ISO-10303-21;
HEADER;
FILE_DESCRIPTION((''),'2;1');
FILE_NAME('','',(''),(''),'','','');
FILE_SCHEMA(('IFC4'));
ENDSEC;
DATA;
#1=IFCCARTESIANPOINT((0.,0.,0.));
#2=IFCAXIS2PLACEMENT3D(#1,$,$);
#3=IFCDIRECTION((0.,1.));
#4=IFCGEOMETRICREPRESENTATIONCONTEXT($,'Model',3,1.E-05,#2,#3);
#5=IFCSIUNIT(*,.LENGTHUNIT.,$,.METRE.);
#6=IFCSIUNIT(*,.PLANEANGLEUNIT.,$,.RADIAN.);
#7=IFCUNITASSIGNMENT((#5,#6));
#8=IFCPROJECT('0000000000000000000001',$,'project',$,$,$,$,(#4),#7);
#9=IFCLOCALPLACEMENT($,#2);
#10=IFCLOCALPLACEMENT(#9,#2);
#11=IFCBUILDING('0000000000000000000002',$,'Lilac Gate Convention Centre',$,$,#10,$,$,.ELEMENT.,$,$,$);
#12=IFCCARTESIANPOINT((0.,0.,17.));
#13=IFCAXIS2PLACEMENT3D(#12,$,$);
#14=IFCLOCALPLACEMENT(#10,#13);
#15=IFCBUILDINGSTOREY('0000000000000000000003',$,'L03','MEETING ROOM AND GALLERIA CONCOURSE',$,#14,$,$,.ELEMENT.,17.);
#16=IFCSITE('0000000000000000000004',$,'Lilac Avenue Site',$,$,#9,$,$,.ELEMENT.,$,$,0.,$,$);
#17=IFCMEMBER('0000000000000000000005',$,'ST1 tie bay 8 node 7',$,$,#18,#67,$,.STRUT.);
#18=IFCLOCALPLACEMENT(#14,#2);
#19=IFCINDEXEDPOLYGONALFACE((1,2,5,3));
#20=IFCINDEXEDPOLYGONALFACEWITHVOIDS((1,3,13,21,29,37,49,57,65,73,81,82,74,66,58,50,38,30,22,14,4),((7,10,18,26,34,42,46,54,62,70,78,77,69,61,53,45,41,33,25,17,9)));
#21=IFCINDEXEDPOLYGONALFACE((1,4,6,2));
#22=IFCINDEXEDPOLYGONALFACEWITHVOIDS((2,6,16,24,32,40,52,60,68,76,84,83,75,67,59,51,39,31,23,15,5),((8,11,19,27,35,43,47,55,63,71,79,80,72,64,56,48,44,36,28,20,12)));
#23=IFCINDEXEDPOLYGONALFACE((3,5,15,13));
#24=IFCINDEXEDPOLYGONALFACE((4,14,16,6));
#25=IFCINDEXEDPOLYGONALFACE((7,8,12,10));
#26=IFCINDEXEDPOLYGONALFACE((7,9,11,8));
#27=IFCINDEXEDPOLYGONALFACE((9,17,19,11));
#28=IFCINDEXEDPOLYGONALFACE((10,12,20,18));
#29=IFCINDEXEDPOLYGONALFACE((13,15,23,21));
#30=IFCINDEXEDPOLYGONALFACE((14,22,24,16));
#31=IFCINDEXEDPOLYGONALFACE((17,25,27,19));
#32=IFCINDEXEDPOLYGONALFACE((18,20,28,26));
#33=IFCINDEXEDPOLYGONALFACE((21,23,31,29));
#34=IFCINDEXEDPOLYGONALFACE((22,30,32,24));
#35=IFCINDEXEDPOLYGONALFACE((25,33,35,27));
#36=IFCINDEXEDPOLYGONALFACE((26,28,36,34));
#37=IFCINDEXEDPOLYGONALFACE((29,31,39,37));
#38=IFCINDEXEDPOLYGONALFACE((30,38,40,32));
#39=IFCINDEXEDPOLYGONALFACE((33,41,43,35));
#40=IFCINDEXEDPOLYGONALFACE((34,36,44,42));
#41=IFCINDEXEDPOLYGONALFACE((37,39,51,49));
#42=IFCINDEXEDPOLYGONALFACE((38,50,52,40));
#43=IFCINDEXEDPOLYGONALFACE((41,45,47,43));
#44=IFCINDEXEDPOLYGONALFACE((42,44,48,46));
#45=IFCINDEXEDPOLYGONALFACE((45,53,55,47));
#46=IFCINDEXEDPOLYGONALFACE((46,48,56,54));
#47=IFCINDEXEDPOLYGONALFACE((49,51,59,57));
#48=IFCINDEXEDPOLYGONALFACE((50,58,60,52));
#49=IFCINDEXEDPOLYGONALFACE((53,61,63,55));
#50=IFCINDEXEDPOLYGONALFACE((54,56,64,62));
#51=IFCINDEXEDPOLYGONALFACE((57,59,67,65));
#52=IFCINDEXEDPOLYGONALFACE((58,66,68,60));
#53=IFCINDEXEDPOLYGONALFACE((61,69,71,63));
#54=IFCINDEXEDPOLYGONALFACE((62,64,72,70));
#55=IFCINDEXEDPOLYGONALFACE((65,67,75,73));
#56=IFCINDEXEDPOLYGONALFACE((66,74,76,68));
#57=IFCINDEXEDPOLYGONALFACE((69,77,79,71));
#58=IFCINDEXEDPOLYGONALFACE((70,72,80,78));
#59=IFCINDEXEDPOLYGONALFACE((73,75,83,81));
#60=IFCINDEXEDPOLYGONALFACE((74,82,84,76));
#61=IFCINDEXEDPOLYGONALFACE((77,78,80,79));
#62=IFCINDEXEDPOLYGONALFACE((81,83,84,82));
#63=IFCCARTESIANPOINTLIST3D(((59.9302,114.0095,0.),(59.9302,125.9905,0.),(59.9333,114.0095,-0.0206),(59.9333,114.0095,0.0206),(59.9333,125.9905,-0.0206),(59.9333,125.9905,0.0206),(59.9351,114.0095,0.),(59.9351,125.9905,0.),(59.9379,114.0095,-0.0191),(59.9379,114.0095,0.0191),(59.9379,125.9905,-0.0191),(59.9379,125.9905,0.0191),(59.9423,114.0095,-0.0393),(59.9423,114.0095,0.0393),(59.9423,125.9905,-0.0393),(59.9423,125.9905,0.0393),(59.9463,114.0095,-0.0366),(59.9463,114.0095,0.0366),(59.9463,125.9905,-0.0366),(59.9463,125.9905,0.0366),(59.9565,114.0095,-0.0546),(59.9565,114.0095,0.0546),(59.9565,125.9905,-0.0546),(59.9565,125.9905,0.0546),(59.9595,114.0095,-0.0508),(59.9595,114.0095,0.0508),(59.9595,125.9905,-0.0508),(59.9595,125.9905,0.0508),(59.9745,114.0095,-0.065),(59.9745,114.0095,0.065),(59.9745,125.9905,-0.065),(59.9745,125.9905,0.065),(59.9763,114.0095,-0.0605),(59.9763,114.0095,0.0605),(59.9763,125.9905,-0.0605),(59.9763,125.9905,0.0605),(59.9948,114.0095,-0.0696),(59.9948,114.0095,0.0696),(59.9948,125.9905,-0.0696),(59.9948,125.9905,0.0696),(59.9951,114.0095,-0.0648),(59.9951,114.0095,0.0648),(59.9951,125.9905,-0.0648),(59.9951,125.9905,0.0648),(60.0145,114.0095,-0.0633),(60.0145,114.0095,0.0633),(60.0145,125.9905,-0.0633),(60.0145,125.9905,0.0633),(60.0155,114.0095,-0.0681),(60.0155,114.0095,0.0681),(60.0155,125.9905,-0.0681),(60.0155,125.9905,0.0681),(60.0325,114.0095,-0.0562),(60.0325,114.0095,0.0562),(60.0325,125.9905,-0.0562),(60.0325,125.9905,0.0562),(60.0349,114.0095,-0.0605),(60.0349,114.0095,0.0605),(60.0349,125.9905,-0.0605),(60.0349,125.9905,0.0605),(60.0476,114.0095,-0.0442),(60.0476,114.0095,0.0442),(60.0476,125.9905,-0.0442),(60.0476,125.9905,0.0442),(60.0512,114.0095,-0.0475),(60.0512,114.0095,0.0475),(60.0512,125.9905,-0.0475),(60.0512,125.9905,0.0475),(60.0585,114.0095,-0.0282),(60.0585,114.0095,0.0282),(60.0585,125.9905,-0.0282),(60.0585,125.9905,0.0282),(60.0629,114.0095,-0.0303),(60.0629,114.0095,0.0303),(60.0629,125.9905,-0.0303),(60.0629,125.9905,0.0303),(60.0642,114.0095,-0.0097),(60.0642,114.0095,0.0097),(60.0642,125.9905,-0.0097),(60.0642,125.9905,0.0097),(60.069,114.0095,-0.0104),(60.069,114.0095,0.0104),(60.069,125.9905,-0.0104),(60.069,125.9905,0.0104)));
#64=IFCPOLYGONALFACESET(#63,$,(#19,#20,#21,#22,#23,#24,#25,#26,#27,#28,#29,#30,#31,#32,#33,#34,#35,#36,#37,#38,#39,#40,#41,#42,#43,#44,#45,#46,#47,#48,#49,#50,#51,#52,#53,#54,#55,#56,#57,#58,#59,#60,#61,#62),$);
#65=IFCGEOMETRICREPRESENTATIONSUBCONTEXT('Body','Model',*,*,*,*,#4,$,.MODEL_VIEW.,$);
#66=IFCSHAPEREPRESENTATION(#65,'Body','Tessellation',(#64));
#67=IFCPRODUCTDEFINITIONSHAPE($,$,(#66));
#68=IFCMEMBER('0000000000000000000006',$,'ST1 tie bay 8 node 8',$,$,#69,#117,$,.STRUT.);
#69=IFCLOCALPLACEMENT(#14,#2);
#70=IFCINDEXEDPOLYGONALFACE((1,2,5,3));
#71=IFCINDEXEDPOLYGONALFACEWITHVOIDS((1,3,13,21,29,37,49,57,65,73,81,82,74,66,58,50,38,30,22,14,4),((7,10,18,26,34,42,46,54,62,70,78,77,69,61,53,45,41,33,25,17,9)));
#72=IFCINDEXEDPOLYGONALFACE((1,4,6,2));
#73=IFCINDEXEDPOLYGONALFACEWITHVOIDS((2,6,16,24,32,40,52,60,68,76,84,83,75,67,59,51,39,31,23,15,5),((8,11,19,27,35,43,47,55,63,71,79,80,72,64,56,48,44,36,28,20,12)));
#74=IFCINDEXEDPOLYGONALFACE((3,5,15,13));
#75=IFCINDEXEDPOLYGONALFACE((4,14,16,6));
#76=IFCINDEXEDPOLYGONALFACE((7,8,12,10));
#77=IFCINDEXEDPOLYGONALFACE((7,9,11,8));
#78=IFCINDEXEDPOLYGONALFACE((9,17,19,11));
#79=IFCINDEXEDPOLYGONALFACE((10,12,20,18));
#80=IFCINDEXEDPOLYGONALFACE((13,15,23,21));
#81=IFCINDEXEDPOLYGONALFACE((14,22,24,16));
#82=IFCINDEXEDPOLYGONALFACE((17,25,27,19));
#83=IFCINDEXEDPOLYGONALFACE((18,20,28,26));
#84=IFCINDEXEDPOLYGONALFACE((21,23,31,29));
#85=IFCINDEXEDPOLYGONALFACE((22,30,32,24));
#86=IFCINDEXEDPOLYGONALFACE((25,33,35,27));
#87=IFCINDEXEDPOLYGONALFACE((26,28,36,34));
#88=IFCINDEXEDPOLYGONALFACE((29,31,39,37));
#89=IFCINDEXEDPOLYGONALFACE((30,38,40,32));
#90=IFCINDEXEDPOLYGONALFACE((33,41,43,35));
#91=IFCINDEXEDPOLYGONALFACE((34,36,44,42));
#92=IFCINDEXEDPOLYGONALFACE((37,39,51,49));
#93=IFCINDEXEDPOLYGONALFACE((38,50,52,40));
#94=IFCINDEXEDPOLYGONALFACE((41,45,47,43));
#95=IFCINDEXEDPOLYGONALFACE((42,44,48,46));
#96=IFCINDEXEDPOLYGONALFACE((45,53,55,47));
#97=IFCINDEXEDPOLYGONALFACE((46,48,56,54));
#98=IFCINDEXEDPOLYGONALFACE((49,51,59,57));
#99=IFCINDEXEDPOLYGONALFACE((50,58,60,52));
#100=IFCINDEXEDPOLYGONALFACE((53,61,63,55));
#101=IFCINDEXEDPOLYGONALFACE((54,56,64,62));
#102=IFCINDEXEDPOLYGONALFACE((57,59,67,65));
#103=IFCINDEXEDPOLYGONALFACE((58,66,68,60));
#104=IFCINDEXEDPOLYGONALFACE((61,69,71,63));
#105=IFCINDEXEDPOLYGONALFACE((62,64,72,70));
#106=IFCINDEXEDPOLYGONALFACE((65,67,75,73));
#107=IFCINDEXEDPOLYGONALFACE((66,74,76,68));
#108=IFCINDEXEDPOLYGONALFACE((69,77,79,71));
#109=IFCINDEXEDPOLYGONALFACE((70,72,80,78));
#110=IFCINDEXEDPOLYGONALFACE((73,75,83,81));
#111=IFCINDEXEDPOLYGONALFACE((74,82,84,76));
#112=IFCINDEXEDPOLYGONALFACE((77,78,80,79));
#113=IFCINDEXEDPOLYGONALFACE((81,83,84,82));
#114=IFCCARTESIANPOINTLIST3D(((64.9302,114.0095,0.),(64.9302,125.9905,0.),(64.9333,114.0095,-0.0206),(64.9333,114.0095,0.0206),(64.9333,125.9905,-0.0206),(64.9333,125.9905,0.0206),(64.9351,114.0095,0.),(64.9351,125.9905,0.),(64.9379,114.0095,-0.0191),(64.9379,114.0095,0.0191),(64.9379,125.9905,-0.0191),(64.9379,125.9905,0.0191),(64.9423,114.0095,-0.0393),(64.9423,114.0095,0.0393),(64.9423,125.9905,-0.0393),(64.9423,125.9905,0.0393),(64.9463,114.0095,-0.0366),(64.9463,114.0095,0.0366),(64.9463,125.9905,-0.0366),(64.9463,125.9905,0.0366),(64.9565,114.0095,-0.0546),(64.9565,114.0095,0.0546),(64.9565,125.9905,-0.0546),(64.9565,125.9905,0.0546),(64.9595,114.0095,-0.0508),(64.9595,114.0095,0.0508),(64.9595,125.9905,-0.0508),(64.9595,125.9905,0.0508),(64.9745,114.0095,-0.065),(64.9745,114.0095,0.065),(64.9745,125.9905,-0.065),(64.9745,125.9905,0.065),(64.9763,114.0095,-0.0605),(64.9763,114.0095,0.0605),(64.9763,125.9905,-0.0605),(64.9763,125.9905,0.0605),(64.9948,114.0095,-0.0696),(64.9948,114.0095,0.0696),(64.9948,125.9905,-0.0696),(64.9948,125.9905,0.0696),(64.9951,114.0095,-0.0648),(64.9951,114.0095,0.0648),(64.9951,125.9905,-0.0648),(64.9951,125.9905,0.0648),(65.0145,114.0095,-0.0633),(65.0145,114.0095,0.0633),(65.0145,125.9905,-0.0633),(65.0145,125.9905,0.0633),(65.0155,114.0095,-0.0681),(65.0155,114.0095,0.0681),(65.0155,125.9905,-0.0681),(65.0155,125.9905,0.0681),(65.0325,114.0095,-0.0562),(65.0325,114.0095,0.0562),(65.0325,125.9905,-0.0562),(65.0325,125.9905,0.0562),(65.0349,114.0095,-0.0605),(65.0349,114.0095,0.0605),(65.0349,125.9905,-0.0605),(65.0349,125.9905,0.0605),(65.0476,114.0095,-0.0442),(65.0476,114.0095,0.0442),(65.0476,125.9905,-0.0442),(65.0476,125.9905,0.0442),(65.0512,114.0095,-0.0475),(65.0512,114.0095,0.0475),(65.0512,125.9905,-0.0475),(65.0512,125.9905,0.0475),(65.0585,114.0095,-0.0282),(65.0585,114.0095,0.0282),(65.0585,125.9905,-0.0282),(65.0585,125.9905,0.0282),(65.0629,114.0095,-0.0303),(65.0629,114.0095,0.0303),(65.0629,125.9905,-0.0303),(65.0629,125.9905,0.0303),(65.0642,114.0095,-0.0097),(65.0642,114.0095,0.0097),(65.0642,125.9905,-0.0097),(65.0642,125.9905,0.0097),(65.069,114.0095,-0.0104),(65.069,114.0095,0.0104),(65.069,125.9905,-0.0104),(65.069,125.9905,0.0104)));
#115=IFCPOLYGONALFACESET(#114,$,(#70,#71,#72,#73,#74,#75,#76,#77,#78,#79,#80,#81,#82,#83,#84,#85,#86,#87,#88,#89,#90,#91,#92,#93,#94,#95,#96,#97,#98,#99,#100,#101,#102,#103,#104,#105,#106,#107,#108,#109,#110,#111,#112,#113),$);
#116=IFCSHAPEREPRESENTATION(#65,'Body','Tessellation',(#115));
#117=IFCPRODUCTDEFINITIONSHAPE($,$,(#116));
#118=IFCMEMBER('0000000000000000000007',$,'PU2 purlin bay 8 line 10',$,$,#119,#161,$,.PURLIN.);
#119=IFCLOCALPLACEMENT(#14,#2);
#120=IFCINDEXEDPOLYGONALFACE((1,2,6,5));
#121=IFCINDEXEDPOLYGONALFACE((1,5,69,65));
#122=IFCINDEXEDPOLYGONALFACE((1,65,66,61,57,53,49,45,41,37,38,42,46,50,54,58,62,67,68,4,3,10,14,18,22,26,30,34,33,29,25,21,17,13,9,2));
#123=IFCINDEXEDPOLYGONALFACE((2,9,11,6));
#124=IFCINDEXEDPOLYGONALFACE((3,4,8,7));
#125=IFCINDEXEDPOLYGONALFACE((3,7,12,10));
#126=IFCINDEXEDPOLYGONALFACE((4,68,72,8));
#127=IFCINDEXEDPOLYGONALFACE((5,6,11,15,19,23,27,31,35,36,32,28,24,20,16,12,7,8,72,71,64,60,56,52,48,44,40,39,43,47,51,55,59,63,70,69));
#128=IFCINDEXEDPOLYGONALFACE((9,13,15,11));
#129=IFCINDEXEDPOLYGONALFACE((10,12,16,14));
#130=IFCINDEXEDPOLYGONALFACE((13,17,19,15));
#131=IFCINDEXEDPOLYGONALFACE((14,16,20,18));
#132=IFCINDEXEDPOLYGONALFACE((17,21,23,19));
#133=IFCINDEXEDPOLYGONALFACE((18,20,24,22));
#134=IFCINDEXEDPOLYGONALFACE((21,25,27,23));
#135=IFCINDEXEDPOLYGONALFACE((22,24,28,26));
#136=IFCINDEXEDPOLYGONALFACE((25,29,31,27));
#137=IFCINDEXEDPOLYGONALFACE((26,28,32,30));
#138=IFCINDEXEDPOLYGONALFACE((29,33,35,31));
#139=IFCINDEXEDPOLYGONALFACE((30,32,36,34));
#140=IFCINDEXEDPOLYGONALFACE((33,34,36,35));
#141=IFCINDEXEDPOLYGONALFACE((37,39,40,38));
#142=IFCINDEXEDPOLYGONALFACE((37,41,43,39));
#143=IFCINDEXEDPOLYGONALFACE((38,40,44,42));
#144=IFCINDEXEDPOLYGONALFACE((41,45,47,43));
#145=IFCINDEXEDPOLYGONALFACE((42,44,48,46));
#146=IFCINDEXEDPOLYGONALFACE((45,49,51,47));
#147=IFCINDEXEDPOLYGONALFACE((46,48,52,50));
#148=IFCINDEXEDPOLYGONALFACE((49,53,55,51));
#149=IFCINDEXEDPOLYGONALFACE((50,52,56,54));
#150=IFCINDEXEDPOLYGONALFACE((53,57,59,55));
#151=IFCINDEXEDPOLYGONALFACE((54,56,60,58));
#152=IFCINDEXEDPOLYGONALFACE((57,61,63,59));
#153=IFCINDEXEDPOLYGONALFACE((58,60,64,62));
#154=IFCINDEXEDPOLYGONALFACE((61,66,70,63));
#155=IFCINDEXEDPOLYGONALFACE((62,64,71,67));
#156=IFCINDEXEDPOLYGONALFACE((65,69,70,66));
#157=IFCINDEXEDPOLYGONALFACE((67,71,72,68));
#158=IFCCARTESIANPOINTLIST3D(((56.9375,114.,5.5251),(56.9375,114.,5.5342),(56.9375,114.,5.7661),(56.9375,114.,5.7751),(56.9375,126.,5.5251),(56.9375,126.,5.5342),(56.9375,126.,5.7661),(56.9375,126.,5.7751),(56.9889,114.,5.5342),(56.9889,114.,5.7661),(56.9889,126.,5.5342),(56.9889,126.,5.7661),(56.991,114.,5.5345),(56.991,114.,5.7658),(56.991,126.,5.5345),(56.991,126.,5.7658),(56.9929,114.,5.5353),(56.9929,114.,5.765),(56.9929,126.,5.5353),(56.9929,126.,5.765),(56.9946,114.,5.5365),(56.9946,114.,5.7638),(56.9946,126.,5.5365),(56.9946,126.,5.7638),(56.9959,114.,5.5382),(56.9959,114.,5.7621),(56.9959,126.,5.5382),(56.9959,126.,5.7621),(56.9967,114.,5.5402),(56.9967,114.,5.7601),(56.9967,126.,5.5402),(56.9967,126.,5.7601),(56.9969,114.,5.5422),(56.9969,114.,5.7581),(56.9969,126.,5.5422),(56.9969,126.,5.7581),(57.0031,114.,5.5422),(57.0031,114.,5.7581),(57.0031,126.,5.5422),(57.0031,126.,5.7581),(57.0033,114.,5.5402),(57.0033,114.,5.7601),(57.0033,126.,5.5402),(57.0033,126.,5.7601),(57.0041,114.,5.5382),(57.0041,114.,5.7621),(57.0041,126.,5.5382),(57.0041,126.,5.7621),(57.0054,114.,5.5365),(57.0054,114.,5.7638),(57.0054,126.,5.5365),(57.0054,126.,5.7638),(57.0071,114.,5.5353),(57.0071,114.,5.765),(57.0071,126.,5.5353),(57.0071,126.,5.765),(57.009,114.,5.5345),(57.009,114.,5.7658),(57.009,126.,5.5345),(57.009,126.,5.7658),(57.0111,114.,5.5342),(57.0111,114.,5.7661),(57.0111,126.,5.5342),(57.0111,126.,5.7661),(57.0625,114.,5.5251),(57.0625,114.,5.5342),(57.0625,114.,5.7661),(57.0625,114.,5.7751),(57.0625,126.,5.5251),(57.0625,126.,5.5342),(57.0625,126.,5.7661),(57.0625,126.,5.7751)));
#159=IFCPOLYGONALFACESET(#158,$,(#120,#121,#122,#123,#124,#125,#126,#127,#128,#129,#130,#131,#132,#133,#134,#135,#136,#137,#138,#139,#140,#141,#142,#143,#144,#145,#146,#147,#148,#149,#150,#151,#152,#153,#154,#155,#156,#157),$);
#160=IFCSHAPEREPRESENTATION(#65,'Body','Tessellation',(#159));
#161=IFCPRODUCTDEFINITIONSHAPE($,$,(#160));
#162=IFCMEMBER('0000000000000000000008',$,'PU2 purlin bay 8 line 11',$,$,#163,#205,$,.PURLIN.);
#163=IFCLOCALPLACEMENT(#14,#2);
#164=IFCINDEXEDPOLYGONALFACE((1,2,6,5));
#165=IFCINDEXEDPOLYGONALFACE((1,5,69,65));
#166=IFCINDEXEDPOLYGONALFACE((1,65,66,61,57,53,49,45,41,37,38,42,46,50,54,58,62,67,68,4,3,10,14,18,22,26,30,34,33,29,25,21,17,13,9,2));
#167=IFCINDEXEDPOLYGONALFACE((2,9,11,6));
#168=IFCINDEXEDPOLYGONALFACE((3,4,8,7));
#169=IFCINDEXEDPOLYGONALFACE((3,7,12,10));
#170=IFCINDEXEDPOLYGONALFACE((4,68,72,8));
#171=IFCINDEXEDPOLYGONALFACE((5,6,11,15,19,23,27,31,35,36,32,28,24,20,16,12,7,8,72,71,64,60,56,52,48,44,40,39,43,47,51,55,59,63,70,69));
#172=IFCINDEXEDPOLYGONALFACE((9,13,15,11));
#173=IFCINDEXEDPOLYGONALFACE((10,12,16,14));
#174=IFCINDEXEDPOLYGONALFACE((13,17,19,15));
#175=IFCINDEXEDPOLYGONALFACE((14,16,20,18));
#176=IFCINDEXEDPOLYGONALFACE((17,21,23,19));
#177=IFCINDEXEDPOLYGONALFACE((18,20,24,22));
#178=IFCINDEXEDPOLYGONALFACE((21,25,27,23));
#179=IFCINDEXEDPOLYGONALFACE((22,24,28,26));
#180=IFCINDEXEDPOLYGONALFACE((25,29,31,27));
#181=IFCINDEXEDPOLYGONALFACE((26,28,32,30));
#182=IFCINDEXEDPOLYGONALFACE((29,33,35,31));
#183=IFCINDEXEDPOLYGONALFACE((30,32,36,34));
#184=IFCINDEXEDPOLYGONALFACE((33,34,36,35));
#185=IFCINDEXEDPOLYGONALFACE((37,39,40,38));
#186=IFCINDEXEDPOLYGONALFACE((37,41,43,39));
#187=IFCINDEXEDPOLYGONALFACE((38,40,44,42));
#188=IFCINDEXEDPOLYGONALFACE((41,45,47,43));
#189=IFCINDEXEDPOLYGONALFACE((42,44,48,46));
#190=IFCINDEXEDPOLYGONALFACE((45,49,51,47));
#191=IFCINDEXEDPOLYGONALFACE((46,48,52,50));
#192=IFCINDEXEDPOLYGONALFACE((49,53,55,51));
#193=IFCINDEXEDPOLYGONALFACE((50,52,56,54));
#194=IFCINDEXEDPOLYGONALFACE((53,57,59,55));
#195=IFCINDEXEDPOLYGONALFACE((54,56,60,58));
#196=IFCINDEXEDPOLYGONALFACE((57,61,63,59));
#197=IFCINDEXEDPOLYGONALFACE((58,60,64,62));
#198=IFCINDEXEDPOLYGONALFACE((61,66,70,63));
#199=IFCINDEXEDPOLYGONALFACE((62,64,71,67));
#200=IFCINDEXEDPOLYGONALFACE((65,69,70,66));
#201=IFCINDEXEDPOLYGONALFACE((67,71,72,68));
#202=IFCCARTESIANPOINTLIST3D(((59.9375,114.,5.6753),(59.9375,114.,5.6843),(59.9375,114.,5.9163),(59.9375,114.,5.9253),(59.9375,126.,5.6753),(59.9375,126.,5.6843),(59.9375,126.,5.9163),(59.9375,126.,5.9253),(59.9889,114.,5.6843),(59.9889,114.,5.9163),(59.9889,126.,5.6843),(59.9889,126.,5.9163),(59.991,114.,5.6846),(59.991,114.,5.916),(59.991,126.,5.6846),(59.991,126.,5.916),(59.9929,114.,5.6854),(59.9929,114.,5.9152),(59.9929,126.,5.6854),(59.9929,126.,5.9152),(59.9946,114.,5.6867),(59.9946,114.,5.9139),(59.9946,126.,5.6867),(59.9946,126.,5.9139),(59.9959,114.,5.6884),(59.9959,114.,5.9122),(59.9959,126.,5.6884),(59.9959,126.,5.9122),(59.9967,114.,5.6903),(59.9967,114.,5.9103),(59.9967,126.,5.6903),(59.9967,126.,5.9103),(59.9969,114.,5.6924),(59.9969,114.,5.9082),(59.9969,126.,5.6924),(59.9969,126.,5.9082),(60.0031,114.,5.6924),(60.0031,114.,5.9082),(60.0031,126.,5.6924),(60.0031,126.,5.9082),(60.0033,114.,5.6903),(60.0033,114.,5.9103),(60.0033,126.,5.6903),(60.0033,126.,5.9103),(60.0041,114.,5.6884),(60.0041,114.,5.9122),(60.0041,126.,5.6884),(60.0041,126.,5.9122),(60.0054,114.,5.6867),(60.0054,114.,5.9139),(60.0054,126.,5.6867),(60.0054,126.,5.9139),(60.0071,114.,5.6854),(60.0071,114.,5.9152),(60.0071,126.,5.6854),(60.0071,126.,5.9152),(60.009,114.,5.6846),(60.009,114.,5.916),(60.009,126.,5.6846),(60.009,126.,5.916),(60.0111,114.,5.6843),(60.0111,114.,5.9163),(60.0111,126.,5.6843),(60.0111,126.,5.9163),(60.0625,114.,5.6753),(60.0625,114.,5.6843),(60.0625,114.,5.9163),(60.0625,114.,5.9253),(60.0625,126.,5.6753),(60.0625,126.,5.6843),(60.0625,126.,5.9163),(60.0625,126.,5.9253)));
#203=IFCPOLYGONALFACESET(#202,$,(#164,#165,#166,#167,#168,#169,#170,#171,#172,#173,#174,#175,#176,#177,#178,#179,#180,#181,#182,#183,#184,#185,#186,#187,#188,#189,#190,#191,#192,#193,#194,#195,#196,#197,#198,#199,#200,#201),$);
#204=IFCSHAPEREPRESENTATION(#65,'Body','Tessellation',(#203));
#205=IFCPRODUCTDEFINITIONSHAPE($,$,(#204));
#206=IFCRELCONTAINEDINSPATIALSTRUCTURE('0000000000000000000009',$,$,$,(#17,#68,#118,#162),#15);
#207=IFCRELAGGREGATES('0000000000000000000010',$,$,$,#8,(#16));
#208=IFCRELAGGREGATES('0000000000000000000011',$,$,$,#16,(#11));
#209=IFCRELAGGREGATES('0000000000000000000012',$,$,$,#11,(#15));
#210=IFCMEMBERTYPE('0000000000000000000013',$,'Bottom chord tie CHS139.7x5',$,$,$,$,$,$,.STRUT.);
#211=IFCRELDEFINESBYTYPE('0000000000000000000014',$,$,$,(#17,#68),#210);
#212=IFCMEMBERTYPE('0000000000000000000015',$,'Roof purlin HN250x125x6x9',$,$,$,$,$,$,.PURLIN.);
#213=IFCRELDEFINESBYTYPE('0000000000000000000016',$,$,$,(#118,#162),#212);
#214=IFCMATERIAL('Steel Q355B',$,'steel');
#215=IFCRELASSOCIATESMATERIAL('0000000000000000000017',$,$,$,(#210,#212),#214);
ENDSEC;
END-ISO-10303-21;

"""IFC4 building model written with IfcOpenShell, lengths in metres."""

from ifc_helpers import new_model, si_unit, direction, frame, origin, origin_2d, place, context, subcontext, project, spatial, hollow_circle, i_section, extrude, material, material_profile, profile_set, type_object, element, save


model = new_model("IFC4")

# Units and contexts
model_context = context("Model", 3, precision=1e-05, world=origin(), true_north=direction((0.0, 1.0)))
body_context = subcontext(model_context, "Body", "Model", "MODEL_VIEW")
ifc_project = project(units=[si_unit("LENGTHUNIT", "METRE"), si_unit("PLANEANGLEUNIT", "RADIAN")], contexts=[model_context])

# Site, building, storey
site_placement = place(None, origin())
site = spatial("IfcSite", under=ifc_project, at=site_placement, Name="Lilac Avenue Site", CompositionType="ELEMENT", RefElevation=0.0)
building_placement = place(site_placement, origin())
building = spatial("IfcBuilding", under=site, at=building_placement, Name="Lilac Gate Convention Centre", CompositionType="ELEMENT")
storey_placement = place(building_placement, frame((0.0, 0.0, 17.0)))
storey = spatial("IfcBuildingStorey", under=building, at=storey_placement, Name="L03", Description="MEETING ROOM AND GALLERIA CONCOURSE", CompositionType="ELEMENT", Elevation=17.0)

# Members
ifc_material = material(Name="Steel Q355B", Category="steel")
ifc_material_profile_1 = material_profile(ifc_material, hollow_circle(Radius=0.0698, WallThickness=0.0049, at=origin_2d()), Name="CHS139.7x5")
ifc_profile_set_1 = profile_set([ifc_material_profile_1], Name="Steel Q355B")
member_type_1 = type_object("IfcMemberType", Name="Bottom chord tie CHS139.7x5", PredefinedType="STRUT", material=ifc_profile_set_1)
for number, where, z_axis, x_axis, name in (
    (1, (60.0, 114.0095, 0.0), (0.0, 1.0, 0.0), (-1.0, 0.0, 0.0), "ST1 tie bay 8 node 7"),
    (2, (65.0, 114.0095, 0.0), (0.0, 1.0, 0.0), (-1.0, 0.0, 0.0), "ST1 tie bay 8 node 8"),
):
    element("IfcMember", number, at=place(storey_placement, frame(where, z_axis=z_axis, x_axis=x_axis)), inside=storey, type_object=member_type_1, Name=name, PredefinedType="STRUT", context=body_context, shape_type="SweptSolid", body=[
        extrude(hollow_circle(Radius=0.0698, WallThickness=0.0049, at=origin_2d()), origin(), (0.0, 0.0, 1.0), 11.981),
    ])
ifc_material_profile_2 = material_profile(ifc_material, i_section(OverallWidth=0.125, OverallDepth=0.25, WebThickness=0.0061, FlangeThickness=0.009, FilletRadius=0.0081, at=origin_2d()), Name="HN250x125x6x9")
ifc_profile_set_2 = profile_set([ifc_material_profile_2], Name="Steel Q355B")
member_type_2 = type_object("IfcMemberType", Name="Roof purlin HN250x125x6x9", PredefinedType="PURLIN", material=ifc_profile_set_2)
for number, where, z_axis, x_axis, name in (
    (3, (57.0, 114.0, 5.6501), (0.0, 1.0, 0.0), (-1.0, 0.0, 0.0), "PU2 purlin bay 8 line 10"),
    (4, (60.0, 114.0, 5.8003), (0.0, 1.0, 0.0), (-1.0, 0.0, 0.0), "PU2 purlin bay 8 line 11"),
):
    element("IfcMember", number, at=place(storey_placement, frame(where, z_axis=z_axis, x_axis=x_axis)), inside=storey, type_object=member_type_2, Name=name, PredefinedType="PURLIN", context=body_context, shape_type="SweptSolid", body=[
        extrude(i_section(OverallWidth=0.125, OverallDepth=0.25, WebThickness=0.0061, FlangeThickness=0.009, FilletRadius=0.0081, at=origin_2d()), origin(), (0.0, 0.0, 1.0), 12.0),
    ])

save(model, "model.ifc")
